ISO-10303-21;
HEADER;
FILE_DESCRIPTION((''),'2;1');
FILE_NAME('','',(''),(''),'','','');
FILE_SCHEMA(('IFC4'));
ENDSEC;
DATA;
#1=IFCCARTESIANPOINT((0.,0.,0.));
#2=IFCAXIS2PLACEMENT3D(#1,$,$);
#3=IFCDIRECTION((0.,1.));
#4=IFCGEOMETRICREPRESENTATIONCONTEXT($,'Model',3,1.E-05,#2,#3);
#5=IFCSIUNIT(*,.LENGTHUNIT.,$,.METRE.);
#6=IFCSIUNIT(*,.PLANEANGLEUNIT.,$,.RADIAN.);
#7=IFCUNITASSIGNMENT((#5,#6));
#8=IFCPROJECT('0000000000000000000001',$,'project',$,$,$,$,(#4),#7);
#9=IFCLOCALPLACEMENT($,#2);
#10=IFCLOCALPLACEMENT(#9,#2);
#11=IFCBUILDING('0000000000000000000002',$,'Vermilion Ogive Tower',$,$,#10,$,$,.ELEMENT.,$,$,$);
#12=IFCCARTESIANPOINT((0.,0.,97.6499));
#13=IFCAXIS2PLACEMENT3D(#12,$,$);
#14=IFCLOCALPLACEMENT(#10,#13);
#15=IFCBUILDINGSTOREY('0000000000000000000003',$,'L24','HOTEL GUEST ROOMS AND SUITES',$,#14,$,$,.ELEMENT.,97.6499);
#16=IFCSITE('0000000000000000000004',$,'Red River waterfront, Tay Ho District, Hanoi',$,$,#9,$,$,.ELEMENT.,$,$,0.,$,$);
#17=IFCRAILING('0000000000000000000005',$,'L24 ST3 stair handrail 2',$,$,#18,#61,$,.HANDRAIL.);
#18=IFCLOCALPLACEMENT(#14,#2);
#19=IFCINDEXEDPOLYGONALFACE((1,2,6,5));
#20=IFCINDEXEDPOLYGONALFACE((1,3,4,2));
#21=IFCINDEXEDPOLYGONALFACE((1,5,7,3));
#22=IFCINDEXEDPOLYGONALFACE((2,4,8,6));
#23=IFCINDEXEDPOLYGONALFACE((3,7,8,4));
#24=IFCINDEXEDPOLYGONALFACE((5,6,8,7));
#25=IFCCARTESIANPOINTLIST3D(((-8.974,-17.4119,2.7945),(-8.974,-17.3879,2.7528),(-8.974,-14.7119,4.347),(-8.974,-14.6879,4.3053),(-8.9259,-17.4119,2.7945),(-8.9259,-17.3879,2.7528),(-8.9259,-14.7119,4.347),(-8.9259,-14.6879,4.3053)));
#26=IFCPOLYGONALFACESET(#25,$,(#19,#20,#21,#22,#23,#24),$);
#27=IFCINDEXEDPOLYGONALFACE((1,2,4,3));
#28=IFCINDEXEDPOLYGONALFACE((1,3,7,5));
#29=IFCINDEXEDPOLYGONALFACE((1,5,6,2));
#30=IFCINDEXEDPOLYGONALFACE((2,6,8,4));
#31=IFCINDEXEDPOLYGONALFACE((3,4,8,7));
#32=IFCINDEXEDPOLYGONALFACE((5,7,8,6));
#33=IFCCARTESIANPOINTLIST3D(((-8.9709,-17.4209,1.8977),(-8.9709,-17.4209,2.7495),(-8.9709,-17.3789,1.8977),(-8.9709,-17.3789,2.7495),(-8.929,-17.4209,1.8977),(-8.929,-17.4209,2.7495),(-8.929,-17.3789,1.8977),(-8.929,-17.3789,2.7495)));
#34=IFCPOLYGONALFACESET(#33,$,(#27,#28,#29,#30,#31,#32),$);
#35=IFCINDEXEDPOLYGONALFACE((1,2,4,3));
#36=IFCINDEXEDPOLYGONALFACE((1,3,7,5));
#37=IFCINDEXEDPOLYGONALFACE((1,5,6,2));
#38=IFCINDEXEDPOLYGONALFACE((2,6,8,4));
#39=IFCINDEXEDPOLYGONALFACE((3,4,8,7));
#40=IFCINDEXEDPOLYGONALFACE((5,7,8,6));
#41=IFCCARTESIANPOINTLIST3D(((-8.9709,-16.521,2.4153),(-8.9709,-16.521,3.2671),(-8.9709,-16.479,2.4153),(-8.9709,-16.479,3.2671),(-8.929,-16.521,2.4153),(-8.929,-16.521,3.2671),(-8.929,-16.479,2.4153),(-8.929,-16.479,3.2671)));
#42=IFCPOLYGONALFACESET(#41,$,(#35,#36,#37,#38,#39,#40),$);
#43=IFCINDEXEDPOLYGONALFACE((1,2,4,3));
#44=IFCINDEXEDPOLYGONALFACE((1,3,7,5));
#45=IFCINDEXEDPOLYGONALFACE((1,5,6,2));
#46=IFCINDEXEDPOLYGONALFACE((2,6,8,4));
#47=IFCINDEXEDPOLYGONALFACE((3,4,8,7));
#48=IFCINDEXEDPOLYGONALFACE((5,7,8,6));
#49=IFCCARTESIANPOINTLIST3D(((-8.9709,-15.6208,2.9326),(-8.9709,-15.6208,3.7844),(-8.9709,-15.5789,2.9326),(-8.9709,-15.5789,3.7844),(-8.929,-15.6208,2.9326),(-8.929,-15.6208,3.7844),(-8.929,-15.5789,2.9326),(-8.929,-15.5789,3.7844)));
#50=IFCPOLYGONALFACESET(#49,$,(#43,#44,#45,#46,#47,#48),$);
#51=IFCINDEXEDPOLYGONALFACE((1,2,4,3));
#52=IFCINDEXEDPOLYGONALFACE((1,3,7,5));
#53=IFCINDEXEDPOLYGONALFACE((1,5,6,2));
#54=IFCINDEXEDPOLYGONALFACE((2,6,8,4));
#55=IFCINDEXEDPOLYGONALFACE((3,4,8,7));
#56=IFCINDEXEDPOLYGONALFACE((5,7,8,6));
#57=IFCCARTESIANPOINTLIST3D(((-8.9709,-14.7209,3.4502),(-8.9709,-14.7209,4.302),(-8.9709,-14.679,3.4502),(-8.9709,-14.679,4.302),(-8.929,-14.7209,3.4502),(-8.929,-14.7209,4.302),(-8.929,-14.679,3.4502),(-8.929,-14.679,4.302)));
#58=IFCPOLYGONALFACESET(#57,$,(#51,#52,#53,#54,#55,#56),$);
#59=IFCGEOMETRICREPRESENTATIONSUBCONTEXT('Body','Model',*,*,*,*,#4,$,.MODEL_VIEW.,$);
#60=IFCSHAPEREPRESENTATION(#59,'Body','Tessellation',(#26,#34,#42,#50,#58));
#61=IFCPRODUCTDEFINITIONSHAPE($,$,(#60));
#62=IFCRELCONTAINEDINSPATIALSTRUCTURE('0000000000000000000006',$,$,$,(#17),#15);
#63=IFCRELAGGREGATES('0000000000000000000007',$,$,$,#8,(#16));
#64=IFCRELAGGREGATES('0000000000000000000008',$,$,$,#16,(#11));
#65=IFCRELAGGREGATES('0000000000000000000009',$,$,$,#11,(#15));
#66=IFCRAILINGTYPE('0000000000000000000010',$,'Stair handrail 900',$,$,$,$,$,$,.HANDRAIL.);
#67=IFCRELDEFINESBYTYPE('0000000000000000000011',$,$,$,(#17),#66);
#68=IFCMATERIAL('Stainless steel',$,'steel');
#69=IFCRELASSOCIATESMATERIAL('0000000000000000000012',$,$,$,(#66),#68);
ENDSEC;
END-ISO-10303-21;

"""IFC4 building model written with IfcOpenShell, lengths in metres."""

from ifc_helpers import new_model, si_unit, direction, frame, origin, origin_2d, place, context, subcontext, project, spatial, rectangle, extrude, material, type_object, element, save


model = new_model("IFC4")

# Units and contexts
model_context = context("Model", 3, precision=1e-05, world=origin(), true_north=direction((0.0, 1.0)))
body_context = subcontext(model_context, "Body", "Model", "MODEL_VIEW")
ifc_project = project(units=[si_unit("LENGTHUNIT", "METRE"), si_unit("PLANEANGLEUNIT", "RADIAN")], contexts=[model_context])

# Site, building, storey
site_placement = place(None, origin())
site = spatial("IfcSite", under=ifc_project, at=site_placement, Name="Red River waterfront, Tay Ho District, Hanoi", CompositionType="ELEMENT", RefElevation=0.0)
building_placement = place(site_placement, origin())
building = spatial("IfcBuilding", under=site, at=building_placement, Name="Vermilion Ogive Tower", CompositionType="ELEMENT")
storey_placement = place(building_placement, frame((0.0, 0.0, 97.6499)))
storey = spatial("IfcBuildingStorey", under=building, at=storey_placement, Name="L24", Description="HOTEL GUEST ROOMS AND SUITES", CompositionType="ELEMENT", Elevation=97.6499)

# Railing
ifc_material_1 = material(Name="Stainless steel", Category="steel")
railing_type_1 = type_object("IfcRailingType", Name="Stair handrail 900", PredefinedType="HANDRAIL", material=ifc_material_1)
railing_1_placement = place(storey_placement, frame((-8.95, -17.3999, 1.8977)))
element("IfcRailing", 1, at=railing_1_placement, inside=storey, type_object=railing_type_1, Name="L24 ST3 stair handrail 2", PredefinedType="HANDRAIL", context=body_context, shape_type="SweptSolid", body=[
    extrude(rectangle(XDim=0.0481, YDim=0.0481, at=origin_2d()), frame((0.0, 0.0, 0.876), z_axis=(0.0, 0.866904, 0.498476), x_axis=(-1.0, 0.0, 0.0)), (0.0, 0.0, 1.0), 3.1145),
    extrude(rectangle(XDim=0.042, YDim=0.042, at=origin_2d()), origin(), (0.0, 0.0, 1.0), 0.8518),
    extrude(rectangle(XDim=0.042, YDim=0.042, at=origin_2d()), frame((0.0, 0.8999, 0.5176)), (0.0, 0.0, 1.0), 0.8518),
    extrude(rectangle(XDim=0.042, YDim=0.042, at=origin_2d()), frame((0.0, 1.8, 1.0349)), (0.0, 0.0, 1.0), 0.8518),
    extrude(rectangle(XDim=0.042, YDim=0.042, at=origin_2d()), frame((0.0, 2.7, 1.5525)), (0.0, 0.0, 1.0), 0.8518),
])

save(model, "model.ifc")
